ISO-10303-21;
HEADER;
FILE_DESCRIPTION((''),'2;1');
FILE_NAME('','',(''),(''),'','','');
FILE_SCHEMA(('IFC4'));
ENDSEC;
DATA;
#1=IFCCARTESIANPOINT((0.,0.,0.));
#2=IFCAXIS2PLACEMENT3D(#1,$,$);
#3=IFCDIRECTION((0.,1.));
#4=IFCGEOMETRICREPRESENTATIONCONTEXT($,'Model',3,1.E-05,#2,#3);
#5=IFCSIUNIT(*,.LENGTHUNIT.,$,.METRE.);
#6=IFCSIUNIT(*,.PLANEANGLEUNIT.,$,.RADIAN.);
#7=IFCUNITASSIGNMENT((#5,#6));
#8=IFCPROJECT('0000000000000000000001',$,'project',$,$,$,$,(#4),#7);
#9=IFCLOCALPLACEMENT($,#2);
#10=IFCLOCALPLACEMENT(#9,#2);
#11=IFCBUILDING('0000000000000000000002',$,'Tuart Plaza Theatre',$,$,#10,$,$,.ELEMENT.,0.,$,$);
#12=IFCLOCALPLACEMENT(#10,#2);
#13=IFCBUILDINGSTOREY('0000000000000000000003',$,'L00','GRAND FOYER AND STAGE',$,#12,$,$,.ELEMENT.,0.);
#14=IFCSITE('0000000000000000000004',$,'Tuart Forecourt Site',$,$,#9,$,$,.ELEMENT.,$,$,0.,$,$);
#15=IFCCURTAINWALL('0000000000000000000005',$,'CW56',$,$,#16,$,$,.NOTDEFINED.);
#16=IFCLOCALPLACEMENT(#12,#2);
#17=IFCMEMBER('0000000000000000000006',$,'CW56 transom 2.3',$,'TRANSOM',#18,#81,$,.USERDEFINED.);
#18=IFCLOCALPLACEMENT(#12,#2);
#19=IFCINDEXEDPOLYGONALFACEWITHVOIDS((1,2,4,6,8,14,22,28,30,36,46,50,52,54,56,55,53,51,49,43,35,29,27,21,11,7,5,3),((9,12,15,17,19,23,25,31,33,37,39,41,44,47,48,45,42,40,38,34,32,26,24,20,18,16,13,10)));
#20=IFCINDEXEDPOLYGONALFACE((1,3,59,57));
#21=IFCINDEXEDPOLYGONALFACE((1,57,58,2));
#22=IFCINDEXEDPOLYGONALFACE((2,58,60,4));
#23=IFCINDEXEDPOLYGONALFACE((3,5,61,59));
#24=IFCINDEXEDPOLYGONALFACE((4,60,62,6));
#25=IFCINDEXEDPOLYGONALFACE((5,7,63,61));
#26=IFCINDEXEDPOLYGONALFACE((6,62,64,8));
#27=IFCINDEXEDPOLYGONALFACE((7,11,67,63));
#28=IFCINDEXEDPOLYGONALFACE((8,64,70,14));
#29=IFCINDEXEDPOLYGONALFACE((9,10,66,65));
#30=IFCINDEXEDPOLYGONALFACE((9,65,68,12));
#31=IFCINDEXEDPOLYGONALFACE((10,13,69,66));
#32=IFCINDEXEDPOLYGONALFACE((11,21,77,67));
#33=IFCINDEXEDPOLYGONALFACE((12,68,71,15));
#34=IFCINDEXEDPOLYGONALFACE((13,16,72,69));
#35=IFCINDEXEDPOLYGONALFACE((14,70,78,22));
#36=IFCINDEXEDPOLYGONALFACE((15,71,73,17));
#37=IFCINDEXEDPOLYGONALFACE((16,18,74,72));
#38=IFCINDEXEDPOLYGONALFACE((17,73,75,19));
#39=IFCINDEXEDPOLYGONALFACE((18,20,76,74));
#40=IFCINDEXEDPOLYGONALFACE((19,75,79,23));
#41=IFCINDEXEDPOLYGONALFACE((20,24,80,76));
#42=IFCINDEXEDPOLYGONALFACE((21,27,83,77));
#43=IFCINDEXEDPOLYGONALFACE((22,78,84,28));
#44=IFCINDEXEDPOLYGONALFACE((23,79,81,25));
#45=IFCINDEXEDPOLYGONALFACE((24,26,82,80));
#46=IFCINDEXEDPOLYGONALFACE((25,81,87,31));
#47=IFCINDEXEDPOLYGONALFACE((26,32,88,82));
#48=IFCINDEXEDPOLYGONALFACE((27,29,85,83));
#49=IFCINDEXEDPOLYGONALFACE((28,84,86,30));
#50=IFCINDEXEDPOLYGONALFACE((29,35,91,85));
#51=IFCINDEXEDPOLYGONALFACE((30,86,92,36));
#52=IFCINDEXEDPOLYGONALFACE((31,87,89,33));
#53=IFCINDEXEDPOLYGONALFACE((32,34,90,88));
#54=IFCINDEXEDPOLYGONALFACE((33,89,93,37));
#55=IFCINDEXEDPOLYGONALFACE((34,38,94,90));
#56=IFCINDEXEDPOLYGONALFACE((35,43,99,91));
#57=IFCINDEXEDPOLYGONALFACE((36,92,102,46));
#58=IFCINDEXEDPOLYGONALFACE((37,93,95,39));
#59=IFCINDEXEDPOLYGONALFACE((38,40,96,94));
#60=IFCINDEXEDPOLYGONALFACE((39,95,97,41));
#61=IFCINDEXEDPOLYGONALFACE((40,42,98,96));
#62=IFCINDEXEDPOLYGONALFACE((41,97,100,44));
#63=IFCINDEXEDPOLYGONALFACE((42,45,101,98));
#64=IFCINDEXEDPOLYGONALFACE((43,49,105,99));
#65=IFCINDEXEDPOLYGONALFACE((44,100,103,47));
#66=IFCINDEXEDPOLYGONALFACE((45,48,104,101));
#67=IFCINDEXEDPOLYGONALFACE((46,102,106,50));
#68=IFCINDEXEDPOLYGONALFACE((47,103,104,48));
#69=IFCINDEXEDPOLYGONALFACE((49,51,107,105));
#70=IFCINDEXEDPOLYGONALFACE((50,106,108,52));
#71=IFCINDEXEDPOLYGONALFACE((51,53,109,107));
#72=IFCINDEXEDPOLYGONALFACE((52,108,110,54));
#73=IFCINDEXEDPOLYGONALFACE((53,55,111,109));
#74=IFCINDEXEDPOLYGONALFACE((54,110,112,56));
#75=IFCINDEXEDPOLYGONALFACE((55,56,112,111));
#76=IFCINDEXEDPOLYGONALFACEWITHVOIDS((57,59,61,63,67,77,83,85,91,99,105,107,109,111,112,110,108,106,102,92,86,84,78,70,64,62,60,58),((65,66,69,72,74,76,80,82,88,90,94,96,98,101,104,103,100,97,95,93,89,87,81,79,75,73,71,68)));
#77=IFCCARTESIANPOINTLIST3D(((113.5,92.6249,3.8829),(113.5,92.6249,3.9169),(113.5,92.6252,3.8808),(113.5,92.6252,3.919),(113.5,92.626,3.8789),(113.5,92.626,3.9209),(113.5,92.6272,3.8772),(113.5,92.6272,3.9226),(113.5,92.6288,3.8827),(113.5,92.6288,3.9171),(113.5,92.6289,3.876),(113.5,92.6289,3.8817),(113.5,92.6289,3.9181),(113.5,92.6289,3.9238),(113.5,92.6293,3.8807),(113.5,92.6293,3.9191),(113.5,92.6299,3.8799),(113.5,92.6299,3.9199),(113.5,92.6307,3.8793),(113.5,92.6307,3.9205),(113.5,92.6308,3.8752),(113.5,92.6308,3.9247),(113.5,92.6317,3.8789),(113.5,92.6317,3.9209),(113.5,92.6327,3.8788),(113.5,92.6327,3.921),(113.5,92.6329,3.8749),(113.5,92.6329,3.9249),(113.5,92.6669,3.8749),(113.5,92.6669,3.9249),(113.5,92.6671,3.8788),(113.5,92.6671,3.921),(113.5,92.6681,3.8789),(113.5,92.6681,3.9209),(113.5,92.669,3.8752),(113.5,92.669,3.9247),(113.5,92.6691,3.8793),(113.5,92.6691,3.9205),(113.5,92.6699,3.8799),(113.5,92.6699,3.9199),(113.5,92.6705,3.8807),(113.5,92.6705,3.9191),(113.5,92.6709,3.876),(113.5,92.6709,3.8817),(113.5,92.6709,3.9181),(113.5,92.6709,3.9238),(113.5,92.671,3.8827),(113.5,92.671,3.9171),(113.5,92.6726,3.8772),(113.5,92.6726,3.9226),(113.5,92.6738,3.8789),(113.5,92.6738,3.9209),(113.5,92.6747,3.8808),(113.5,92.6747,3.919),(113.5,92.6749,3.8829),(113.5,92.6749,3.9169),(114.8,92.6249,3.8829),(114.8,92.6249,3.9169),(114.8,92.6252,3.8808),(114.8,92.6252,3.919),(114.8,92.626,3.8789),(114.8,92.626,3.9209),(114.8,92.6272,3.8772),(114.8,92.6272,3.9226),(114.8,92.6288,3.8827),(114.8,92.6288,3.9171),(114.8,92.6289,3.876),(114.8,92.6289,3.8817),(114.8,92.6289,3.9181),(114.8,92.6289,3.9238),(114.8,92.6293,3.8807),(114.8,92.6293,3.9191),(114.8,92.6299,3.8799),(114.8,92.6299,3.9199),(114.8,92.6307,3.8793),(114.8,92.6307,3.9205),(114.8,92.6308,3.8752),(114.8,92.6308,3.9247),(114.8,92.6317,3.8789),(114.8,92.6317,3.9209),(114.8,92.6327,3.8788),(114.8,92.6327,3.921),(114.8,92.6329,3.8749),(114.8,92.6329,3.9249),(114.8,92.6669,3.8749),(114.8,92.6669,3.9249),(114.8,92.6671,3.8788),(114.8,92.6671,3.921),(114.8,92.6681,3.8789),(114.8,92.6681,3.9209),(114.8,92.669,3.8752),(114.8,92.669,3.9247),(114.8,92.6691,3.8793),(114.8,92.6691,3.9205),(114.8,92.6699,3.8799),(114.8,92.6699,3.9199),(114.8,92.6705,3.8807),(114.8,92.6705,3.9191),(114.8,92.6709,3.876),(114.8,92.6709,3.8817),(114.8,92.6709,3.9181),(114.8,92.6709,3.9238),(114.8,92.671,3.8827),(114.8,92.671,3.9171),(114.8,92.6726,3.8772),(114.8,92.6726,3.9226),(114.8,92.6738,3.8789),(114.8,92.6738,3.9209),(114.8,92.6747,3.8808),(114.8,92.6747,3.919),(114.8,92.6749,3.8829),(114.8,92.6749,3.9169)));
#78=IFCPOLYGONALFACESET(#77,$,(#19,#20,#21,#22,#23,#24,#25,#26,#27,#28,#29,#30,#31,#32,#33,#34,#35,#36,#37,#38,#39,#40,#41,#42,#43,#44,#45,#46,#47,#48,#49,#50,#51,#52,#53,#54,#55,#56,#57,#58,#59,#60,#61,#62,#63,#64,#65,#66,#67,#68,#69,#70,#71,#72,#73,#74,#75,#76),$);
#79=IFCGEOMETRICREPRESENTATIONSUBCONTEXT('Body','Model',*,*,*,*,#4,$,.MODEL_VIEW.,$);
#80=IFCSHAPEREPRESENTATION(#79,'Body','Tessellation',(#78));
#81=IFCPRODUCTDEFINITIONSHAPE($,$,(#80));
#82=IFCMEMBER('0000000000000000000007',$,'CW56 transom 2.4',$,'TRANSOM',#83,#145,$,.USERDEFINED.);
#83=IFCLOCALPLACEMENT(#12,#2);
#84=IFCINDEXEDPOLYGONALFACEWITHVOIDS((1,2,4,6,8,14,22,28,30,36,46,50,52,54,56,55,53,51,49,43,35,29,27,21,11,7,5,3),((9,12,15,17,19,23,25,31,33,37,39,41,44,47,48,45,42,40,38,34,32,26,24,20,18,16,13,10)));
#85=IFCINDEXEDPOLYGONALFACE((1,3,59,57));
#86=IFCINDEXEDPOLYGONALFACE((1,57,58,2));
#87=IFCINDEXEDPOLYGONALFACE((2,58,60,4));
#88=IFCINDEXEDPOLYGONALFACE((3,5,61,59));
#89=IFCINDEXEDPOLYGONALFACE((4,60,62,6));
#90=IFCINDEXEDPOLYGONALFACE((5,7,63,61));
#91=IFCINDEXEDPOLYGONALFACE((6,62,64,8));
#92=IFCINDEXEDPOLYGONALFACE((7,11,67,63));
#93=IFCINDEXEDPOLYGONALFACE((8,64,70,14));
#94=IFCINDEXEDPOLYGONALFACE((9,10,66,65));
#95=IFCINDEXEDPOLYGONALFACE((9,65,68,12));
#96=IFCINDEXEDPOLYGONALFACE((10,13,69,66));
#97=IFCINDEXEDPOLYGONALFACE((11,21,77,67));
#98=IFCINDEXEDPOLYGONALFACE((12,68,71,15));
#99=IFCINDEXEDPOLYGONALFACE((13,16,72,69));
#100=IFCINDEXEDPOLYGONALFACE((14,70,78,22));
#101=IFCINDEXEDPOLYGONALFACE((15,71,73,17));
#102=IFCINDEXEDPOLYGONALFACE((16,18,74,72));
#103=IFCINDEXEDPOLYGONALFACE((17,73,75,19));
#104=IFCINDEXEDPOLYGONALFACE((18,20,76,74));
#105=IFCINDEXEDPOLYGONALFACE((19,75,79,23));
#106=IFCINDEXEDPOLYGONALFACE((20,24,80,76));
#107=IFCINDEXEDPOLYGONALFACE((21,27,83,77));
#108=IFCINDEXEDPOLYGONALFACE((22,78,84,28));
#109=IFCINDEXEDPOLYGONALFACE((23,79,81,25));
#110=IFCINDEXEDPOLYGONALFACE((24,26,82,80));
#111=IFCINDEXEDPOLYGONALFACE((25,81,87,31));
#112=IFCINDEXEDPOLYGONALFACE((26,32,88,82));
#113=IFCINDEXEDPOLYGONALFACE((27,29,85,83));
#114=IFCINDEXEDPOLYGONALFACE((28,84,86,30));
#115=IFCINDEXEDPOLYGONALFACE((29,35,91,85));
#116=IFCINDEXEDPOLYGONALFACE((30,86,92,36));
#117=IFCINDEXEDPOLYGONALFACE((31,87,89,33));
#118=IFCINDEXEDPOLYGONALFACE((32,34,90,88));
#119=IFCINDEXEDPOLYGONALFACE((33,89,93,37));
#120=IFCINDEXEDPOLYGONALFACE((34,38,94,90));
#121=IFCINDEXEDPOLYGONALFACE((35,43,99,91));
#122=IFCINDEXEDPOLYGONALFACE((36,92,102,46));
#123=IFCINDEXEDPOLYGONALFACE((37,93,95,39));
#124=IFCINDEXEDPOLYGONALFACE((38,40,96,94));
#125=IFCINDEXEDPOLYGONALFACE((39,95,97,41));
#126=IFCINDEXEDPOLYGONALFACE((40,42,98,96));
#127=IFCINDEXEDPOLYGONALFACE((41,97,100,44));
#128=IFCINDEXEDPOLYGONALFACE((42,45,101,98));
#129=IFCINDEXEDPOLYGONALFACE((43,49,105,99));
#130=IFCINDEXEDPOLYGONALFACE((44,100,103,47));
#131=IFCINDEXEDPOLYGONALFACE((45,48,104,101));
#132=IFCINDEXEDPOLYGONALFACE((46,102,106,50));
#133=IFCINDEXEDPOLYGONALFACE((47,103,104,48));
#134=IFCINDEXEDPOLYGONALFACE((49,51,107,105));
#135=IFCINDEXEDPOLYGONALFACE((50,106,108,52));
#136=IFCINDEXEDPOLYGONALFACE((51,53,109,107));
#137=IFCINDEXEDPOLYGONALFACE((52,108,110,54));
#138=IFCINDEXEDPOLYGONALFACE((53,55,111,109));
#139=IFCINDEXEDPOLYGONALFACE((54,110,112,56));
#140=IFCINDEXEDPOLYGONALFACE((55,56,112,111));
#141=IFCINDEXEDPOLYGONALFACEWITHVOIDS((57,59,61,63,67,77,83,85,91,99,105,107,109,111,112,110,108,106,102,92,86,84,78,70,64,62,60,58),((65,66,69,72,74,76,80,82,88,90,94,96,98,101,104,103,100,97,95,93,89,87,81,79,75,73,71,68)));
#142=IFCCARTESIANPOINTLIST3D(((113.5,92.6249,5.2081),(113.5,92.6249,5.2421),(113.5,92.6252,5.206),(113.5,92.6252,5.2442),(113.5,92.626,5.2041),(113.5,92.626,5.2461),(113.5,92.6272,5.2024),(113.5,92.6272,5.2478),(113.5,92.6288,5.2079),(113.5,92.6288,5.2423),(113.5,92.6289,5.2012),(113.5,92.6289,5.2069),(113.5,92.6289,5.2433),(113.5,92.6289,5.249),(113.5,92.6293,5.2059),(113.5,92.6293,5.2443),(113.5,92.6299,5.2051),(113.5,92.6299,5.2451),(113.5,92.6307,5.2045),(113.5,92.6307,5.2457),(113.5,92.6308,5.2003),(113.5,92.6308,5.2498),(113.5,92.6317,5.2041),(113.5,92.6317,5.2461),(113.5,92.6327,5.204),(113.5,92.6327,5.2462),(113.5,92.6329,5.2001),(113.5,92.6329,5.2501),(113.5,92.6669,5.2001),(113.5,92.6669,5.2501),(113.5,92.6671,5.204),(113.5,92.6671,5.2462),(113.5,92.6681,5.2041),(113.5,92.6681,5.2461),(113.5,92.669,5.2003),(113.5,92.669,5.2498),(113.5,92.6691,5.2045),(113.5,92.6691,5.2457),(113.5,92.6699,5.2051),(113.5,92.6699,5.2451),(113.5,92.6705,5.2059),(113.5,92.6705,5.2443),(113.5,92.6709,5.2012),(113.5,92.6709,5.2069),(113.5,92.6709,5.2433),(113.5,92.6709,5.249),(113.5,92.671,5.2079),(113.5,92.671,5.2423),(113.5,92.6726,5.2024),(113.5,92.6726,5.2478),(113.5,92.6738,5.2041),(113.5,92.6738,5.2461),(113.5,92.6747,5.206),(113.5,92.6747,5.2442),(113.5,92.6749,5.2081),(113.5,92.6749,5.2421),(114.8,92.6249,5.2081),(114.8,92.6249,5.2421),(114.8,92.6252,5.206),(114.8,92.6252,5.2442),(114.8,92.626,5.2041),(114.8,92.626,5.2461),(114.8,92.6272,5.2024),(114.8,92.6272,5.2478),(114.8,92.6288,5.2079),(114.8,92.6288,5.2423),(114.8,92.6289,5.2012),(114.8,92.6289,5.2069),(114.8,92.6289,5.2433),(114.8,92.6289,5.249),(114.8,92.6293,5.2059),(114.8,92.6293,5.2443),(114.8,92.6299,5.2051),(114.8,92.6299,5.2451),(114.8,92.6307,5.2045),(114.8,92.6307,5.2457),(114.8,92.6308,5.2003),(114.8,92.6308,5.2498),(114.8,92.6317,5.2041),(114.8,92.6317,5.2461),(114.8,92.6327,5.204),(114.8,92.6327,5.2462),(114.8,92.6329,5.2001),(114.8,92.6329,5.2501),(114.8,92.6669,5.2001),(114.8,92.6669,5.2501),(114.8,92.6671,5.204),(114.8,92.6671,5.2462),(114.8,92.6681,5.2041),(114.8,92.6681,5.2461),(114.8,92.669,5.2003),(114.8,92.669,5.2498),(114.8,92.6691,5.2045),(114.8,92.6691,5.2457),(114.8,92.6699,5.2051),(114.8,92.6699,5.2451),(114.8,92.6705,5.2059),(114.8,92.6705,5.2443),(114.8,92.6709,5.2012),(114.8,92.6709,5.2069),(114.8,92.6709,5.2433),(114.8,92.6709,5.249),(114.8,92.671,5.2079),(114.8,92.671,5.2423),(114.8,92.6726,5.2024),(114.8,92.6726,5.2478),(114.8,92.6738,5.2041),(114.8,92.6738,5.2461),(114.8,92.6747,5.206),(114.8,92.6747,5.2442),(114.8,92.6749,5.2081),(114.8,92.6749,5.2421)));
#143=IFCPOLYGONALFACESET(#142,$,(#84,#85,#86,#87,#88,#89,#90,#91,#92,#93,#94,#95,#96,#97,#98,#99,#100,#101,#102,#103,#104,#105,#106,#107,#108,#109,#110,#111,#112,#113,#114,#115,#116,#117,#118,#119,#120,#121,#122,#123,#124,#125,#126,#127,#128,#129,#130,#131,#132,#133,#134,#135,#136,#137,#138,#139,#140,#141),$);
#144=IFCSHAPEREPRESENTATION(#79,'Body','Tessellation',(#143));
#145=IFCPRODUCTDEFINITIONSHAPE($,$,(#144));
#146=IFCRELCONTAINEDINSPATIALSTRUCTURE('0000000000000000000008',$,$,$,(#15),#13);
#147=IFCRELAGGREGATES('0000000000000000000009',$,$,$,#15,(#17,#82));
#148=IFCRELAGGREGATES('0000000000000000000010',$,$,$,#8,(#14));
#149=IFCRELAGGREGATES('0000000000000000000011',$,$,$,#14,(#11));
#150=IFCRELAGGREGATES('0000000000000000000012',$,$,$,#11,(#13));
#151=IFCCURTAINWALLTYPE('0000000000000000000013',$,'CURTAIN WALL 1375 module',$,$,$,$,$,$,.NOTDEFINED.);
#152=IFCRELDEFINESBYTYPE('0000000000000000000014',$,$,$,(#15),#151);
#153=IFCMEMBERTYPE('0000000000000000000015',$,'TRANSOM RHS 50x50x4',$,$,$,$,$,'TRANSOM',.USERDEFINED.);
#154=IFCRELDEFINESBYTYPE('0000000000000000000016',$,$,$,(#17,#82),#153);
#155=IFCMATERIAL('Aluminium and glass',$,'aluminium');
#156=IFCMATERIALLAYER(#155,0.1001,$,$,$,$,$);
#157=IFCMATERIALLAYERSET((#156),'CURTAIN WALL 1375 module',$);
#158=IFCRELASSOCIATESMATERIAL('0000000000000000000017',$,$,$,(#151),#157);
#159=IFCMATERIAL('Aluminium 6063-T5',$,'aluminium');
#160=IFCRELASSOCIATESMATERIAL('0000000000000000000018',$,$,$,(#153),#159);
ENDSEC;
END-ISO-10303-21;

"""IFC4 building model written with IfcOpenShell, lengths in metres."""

from ifc_helpers import new_model, si_unit, direction, frame, origin, origin_2d, place, context, subcontext, project, spatial, hollow_rectangle, extrude, material, layer, layer_set, material_profile, profile_set, type_object, element, aggregate, save


model = new_model("IFC4")

# Units and contexts
model_context = context("Model", 3, precision=1e-05, world=origin(), true_north=direction((0.0, 1.0)))
body_context = subcontext(model_context, "Body", "Model", "MODEL_VIEW")
ifc_project = project(units=[si_unit("LENGTHUNIT", "METRE"), si_unit("PLANEANGLEUNIT", "RADIAN")], contexts=[model_context])

# Site, building, storey
site_placement = place(None, origin())
site = spatial("IfcSite", under=ifc_project, at=site_placement, Name="Tuart Forecourt Site", CompositionType="ELEMENT", RefElevation=0.0)
building_placement = place(site_placement, origin())
building = spatial("IfcBuilding", under=site, at=building_placement, Name="Tuart Plaza Theatre", CompositionType="ELEMENT", ElevationOfRefHeight=0.0)
storey_placement = place(building_placement, origin())
storey = spatial("IfcBuildingStorey", under=building, at=storey_placement, Name="L00", Description="GRAND FOYER AND STAGE", CompositionType="ELEMENT", Elevation=0.0)

# Curtain wall
ifc_material_1 = material(Name="Aluminium and glass", Category="aluminium")
ifc_layer_1 = layer(ifc_material_1, 0.1001)
ifc_layer_set_1 = layer_set([ifc_layer_1], Name="CURTAIN WALL 1375 module")
curtain_wall_type_1 = type_object("IfcCurtainWallType", Name="CURTAIN WALL 1375 module", PredefinedType="NOTDEFINED", material=ifc_layer_set_1)
curtain_wall_1_placement = place(storey_placement, origin())
curtain_wall_1 = element("IfcCurtainWall", 1, at=curtain_wall_1_placement, inside=storey, type_object=curtain_wall_type_1, Name="CW56", PredefinedType="NOTDEFINED")

# Members
ifc_material_2 = material(Name="Aluminium 6063-T5", Category="aluminium")
ifc_material_profile_1 = material_profile(ifc_material_2, hollow_rectangle(XDim=0.05, YDim=0.05, WallThickness=0.0039, InnerFilletRadius=0.0039, OuterFilletRadius=0.0081, at=origin_2d()), Name="RHS 50x50x4")
ifc_profile_set_1 = profile_set([ifc_material_profile_1], Name="Aluminium 6063-T5")
member_type_1 = type_object("IfcMemberType", Name="TRANSOM RHS 50x50x4", ElementType="TRANSOM", PredefinedType="USERDEFINED", material=ifc_profile_set_1)
member_1_placement = place(storey_placement, frame((114.8, 92.6499, 3.8999), z_axis=(-1.0, 0.0, 0.0), x_axis=(0.0, -1.0, 0.0)))
member_1 = element("IfcMember", 2, at=member_1_placement, type_object=member_type_1, Name="CW56 transom 2.3", ObjectType="TRANSOM", PredefinedType="USERDEFINED", context=body_context, shape_type="SweptSolid", body=[
    extrude(hollow_rectangle(XDim=0.05, YDim=0.05, WallThickness=0.0039, InnerFilletRadius=0.0039, OuterFilletRadius=0.0081, at=origin_2d()), origin(), (0.0, 0.0, 1.0), 1.3),
])
member_2_placement = place(storey_placement, frame((114.8, 92.6499, 5.2251), z_axis=(-1.0, 0.0, 0.0), x_axis=(0.0, -1.0, 0.0)))
member_2 = element("IfcMember", 3, at=member_2_placement, type_object=member_type_1, Name="CW56 transom 2.4", ObjectType="TRANSOM", PredefinedType="USERDEFINED", context=body_context, shape_type="SweptSolid", body=[
    extrude(hollow_rectangle(XDim=0.05, YDim=0.05, WallThickness=0.0039, InnerFilletRadius=0.0039, OuterFilletRadius=0.0081, at=origin_2d()), origin(), (0.0, 0.0, 1.0), 1.3),
])

aggregate(curtain_wall_1, [member_1, member_2])

save(model, "model.ifc")
